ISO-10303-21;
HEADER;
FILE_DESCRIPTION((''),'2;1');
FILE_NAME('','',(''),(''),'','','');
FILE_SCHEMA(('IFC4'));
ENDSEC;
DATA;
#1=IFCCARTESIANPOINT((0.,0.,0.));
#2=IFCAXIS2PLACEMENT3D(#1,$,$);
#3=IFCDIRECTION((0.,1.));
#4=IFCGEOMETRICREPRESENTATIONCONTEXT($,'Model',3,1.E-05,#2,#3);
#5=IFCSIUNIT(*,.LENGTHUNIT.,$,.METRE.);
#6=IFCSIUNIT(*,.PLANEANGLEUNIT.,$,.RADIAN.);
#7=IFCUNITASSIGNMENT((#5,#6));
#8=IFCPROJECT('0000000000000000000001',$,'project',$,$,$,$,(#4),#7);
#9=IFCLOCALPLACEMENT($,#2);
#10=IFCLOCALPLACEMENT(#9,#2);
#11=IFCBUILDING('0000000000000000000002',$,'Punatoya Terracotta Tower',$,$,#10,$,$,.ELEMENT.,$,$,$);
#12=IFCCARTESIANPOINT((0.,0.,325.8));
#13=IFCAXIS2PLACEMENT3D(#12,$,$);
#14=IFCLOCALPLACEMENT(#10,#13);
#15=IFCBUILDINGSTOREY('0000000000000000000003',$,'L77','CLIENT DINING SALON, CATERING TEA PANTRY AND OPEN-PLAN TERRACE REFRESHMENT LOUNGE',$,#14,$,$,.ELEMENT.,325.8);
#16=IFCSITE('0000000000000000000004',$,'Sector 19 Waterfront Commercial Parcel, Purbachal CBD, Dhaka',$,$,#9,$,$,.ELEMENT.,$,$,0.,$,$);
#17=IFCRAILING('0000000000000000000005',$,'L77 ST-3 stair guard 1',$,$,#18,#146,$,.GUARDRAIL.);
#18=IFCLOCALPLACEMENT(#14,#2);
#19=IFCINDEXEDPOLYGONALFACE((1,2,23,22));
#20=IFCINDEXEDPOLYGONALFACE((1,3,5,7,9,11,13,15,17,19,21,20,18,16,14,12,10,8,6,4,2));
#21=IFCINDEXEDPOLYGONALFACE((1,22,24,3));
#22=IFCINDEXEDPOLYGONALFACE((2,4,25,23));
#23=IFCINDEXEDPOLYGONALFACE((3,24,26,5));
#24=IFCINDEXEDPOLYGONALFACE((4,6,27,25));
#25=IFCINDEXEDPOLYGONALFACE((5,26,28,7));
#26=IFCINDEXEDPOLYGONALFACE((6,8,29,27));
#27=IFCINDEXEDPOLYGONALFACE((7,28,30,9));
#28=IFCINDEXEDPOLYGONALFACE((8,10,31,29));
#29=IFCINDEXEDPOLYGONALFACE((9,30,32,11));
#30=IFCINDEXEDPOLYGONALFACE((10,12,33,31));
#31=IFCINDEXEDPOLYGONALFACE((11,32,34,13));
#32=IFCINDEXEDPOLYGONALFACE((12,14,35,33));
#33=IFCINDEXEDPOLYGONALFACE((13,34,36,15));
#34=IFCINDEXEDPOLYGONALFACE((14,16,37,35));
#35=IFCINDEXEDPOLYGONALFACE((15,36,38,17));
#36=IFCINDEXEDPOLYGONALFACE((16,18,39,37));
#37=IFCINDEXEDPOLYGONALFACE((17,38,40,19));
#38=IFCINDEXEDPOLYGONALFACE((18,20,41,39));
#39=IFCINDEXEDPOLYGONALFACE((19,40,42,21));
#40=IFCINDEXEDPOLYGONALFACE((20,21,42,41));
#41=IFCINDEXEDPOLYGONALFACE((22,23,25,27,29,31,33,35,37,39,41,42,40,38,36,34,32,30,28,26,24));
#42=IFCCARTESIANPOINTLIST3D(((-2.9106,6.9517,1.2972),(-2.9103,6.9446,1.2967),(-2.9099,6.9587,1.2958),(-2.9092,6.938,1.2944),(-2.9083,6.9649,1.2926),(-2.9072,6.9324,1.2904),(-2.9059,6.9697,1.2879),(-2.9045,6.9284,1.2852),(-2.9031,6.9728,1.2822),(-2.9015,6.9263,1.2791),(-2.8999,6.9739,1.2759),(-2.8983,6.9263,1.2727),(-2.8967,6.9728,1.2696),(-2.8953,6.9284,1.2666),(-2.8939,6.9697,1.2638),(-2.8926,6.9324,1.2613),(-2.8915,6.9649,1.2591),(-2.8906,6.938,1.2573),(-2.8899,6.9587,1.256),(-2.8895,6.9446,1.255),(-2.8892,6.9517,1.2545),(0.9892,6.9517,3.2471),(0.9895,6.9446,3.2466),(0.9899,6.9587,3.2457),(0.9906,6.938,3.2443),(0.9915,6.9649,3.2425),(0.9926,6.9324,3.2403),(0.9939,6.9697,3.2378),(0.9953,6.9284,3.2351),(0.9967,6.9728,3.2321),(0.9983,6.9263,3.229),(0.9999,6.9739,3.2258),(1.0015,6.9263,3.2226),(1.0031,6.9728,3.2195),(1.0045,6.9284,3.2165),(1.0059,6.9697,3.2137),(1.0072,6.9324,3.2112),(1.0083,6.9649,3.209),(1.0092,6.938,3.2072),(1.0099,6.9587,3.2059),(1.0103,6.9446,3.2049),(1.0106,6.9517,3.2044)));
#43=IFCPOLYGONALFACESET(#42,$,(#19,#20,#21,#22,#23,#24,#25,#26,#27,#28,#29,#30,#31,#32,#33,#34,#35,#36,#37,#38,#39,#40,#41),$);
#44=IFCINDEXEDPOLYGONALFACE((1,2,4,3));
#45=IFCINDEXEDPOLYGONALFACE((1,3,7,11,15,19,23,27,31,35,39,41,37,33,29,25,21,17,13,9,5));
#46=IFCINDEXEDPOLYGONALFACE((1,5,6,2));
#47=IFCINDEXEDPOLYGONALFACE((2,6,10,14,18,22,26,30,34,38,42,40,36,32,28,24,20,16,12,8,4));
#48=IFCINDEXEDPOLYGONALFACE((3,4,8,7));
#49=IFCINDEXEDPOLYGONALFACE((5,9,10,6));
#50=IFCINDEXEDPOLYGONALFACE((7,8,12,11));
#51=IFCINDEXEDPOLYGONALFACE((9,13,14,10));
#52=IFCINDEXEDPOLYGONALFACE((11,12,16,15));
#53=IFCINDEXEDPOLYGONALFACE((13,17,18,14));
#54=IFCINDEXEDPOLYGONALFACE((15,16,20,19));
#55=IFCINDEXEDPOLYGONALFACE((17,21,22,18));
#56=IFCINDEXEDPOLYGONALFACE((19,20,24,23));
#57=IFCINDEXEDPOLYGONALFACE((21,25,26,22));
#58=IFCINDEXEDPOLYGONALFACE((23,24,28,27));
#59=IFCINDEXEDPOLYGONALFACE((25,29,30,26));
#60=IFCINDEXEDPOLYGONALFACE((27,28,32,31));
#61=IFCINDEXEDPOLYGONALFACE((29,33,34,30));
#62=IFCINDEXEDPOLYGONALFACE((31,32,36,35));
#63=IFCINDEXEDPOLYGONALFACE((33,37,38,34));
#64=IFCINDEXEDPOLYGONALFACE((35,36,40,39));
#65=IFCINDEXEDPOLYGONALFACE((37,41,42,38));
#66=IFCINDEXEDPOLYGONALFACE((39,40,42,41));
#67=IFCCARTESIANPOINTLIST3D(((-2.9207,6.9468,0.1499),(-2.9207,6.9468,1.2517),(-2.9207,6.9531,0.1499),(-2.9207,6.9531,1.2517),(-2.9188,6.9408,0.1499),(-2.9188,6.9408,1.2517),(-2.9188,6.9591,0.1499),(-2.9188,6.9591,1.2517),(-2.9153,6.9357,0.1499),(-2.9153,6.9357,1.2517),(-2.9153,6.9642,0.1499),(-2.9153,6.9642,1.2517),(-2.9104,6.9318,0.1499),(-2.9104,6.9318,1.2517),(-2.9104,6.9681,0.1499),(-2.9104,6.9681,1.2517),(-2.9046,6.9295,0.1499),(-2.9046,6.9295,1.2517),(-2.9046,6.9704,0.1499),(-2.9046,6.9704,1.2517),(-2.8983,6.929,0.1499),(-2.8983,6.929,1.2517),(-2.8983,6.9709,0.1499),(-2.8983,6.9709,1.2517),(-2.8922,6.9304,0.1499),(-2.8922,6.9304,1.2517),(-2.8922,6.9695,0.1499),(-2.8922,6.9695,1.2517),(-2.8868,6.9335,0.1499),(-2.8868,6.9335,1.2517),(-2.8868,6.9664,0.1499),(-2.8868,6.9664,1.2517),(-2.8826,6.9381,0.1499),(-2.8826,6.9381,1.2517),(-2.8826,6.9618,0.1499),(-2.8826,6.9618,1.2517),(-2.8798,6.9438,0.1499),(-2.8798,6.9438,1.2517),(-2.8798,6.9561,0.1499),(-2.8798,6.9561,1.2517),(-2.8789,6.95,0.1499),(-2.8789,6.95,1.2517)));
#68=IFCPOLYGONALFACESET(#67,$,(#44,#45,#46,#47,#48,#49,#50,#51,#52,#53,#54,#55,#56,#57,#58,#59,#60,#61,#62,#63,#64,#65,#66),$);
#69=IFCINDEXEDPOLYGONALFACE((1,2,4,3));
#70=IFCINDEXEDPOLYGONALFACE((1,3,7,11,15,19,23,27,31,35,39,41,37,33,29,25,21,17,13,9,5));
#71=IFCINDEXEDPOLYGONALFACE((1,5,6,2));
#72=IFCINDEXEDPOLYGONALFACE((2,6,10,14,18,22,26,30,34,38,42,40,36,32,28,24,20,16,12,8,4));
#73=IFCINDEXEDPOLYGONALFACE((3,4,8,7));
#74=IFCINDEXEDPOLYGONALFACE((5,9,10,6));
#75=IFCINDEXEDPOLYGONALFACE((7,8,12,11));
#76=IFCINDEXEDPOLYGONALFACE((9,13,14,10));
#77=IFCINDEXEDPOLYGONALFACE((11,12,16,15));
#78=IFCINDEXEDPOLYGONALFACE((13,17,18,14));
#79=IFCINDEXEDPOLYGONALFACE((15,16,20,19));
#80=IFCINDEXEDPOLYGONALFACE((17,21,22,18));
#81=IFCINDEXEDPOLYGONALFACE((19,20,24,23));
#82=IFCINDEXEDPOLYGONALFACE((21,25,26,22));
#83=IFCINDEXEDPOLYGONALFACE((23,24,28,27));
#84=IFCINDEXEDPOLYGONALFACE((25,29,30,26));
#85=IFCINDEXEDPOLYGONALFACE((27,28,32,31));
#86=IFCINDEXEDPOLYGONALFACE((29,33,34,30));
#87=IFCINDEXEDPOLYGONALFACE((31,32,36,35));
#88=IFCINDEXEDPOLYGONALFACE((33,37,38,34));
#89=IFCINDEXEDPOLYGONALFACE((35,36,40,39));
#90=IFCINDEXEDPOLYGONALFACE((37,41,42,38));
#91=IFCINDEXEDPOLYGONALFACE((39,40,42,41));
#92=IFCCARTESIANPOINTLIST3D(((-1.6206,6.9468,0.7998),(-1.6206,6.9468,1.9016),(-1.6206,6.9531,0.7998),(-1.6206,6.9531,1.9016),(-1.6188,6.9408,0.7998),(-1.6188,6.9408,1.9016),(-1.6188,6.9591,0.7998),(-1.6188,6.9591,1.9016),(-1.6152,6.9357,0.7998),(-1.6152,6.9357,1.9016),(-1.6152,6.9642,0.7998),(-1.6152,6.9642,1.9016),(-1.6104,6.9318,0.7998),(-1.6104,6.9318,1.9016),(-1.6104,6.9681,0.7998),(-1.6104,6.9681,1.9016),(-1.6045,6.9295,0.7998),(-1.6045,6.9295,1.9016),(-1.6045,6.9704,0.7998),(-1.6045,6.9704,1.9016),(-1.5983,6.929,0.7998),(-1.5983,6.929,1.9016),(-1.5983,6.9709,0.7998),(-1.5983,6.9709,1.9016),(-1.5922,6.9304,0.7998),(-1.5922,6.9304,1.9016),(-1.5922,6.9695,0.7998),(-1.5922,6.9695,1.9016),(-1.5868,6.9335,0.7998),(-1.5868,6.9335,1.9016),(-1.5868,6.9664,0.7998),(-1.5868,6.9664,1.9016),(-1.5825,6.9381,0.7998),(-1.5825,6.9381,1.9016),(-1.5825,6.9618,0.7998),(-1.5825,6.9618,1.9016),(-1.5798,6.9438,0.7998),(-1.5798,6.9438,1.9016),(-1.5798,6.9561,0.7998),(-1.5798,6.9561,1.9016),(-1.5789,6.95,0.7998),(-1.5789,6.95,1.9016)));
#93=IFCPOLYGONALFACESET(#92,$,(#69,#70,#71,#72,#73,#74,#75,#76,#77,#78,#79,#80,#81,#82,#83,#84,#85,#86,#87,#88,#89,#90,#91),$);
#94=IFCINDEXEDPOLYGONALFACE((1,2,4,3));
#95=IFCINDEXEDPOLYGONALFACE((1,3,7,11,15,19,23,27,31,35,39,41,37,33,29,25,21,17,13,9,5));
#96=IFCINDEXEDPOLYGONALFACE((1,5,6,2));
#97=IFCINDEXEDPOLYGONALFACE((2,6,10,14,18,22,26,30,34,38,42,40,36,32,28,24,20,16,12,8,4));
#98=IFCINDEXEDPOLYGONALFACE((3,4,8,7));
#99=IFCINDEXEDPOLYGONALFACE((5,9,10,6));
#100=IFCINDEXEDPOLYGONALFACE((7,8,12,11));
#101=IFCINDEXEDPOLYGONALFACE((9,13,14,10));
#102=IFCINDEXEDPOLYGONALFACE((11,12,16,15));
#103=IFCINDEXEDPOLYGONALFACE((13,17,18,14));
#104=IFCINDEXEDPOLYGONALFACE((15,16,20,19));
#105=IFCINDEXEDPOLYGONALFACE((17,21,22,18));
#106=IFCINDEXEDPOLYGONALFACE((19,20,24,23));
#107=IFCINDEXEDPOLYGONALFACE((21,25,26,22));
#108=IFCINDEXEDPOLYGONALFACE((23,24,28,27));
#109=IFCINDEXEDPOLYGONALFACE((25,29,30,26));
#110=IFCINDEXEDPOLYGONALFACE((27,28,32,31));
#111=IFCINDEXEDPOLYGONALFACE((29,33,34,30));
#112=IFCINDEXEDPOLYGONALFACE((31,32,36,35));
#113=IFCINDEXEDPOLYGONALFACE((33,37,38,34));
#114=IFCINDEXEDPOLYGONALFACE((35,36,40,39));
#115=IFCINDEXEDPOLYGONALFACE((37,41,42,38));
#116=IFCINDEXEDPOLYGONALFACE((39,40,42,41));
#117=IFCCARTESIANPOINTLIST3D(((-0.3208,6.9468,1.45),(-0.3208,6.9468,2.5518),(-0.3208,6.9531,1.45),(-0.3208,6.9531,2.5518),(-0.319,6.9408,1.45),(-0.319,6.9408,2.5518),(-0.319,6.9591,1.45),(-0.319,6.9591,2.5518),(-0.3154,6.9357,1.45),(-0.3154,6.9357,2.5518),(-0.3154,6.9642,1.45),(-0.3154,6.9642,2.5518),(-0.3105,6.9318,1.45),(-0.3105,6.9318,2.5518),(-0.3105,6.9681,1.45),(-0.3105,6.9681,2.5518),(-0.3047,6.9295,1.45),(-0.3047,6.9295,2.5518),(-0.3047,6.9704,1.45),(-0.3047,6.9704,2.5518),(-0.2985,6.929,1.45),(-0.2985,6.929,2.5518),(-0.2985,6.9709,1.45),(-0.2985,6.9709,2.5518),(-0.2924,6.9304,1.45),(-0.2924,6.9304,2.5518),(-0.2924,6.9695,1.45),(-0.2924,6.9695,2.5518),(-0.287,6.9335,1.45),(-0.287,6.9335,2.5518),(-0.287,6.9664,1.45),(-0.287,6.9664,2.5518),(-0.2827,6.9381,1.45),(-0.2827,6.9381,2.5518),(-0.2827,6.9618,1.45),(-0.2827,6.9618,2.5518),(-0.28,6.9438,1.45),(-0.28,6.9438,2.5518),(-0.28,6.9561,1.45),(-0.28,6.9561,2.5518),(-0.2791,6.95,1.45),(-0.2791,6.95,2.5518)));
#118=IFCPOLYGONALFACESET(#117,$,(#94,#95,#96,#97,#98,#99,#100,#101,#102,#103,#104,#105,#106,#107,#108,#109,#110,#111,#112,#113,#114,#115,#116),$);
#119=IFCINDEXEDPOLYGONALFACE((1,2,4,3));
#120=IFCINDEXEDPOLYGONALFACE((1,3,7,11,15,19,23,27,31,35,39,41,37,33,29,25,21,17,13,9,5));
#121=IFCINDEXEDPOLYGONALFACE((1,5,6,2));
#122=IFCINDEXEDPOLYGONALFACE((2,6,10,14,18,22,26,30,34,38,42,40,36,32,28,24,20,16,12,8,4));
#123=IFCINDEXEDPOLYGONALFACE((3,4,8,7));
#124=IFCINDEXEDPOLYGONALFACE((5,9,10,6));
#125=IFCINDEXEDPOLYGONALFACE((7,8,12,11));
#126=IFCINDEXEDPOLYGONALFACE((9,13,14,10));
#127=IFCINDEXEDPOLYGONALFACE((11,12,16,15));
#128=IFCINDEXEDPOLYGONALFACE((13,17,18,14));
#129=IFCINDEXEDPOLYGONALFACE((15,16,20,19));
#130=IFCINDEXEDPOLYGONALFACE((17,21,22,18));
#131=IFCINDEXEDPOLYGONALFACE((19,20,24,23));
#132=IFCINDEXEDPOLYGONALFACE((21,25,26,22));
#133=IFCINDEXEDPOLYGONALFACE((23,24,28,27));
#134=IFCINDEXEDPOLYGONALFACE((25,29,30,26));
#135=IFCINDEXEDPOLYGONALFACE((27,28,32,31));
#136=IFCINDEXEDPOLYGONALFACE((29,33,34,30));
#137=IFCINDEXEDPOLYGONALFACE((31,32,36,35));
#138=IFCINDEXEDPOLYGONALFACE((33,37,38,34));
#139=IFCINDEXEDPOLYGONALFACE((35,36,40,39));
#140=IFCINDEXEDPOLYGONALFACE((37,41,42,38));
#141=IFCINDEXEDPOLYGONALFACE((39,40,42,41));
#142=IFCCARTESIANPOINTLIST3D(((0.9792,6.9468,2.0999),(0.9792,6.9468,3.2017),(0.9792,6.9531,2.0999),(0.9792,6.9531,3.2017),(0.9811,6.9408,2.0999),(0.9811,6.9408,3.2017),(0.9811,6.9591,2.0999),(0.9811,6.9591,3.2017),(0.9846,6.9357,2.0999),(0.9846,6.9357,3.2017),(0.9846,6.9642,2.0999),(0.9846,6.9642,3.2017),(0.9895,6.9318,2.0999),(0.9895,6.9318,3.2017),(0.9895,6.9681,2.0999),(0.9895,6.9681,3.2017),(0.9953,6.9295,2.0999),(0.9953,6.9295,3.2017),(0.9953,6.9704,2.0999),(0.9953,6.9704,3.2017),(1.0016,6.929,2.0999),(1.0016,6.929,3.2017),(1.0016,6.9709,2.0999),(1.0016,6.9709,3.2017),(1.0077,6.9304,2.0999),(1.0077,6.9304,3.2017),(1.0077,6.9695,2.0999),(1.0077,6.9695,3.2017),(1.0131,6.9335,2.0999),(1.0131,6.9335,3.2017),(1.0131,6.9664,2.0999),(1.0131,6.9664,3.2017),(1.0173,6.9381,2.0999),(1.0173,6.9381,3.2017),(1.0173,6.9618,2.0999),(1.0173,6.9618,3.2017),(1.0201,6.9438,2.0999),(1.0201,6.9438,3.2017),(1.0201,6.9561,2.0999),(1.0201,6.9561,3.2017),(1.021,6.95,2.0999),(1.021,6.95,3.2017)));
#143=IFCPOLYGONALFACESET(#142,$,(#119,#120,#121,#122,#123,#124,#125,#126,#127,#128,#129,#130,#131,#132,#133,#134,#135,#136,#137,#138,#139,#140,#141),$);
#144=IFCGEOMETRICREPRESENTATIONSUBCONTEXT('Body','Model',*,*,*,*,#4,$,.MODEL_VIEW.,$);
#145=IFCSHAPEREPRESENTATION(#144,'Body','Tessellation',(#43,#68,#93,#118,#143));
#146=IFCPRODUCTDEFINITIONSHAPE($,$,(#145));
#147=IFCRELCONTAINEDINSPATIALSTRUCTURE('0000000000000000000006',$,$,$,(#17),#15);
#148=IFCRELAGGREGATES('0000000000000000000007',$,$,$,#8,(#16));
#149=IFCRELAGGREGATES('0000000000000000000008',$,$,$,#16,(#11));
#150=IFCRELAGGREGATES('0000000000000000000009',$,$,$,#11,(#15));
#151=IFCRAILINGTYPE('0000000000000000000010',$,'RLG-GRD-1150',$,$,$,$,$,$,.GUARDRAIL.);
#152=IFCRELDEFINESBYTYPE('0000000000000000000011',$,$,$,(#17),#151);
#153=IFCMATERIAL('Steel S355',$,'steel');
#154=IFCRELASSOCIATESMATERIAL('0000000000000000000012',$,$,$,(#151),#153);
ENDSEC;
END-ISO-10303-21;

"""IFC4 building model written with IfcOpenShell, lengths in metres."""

from ifc_helpers import new_model, si_unit, direction, frame, origin, origin_2d, place, context, subcontext, project, spatial, circle, extrude, material, type_object, element, save


model = new_model("IFC4")

# Units and contexts
model_context = context("Model", 3, precision=1e-05, world=origin(), true_north=direction((0.0, 1.0)))
body_context = subcontext(model_context, "Body", "Model", "MODEL_VIEW")
ifc_project = project(units=[si_unit("LENGTHUNIT", "METRE"), si_unit("PLANEANGLEUNIT", "RADIAN")], contexts=[model_context])

# Site, building, storey
site_placement = place(None, origin())
site = spatial("IfcSite", under=ifc_project, at=site_placement, Name="Sector 19 Waterfront Commercial Parcel, Purbachal CBD, Dhaka", CompositionType="ELEMENT", RefElevation=0.0)
building_placement = place(site_placement, origin())
building = spatial("IfcBuilding", under=site, at=building_placement, Name="Punatoya Terracotta Tower", CompositionType="ELEMENT")
storey_placement = place(building_placement, frame((0.0, 0.0, 325.8)))
storey = spatial("IfcBuildingStorey", under=building, at=storey_placement, Name="L77", Description="CLIENT DINING SALON, CATERING TEA PANTRY AND OPEN-PLAN TERRACE REFRESHMENT LOUNGE", CompositionType="ELEMENT", Elevation=325.8)

# Shared definitions
ifc_material_1 = material(Name="Steel S355", Category="steel")

# Railing
railing_type_1 = type_object("IfcRailingType", Name="RLG-GRD-1150", PredefinedType="GUARDRAIL", material=ifc_material_1)
railing_1_placement = place(storey_placement, frame((-2.8999, 6.95, 0.1499)))
element("IfcRailing", 1, at=railing_1_placement, inside=storey, type_object=railing_type_1, Name="L77 ST-3 stair guard 1", PredefinedType="GUARDRAIL", context=body_context, shape_type="SweptSolid", body=[
    extrude(circle(Radius=0.0239, at=origin_2d()), frame((0.0, 0.0, 1.126), z_axis=(0.894427, 0.0, 0.447214), x_axis=(0.0, 1.0, 0.0)), (0.0, 0.0, 1.0), 4.3601),
    extrude(circle(Radius=0.021, at=origin_2d()), origin(), (0.0, 0.0, 1.0), 1.1018),
    extrude(circle(Radius=0.021, at=origin_2d()), frame((1.3, 0.0, 0.6499)), (0.0, 0.0, 1.0), 1.1018),
    extrude(circle(Radius=0.021, at=origin_2d()), frame((2.5999, 0.0, 1.3)), (0.0, 0.0, 1.0), 1.1018),
    extrude(circle(Radius=0.021, at=origin_2d()), frame((3.8999, 0.0, 1.95)), (0.0, 0.0, 1.0), 1.1018),
])

save(model, "model.ifc")
